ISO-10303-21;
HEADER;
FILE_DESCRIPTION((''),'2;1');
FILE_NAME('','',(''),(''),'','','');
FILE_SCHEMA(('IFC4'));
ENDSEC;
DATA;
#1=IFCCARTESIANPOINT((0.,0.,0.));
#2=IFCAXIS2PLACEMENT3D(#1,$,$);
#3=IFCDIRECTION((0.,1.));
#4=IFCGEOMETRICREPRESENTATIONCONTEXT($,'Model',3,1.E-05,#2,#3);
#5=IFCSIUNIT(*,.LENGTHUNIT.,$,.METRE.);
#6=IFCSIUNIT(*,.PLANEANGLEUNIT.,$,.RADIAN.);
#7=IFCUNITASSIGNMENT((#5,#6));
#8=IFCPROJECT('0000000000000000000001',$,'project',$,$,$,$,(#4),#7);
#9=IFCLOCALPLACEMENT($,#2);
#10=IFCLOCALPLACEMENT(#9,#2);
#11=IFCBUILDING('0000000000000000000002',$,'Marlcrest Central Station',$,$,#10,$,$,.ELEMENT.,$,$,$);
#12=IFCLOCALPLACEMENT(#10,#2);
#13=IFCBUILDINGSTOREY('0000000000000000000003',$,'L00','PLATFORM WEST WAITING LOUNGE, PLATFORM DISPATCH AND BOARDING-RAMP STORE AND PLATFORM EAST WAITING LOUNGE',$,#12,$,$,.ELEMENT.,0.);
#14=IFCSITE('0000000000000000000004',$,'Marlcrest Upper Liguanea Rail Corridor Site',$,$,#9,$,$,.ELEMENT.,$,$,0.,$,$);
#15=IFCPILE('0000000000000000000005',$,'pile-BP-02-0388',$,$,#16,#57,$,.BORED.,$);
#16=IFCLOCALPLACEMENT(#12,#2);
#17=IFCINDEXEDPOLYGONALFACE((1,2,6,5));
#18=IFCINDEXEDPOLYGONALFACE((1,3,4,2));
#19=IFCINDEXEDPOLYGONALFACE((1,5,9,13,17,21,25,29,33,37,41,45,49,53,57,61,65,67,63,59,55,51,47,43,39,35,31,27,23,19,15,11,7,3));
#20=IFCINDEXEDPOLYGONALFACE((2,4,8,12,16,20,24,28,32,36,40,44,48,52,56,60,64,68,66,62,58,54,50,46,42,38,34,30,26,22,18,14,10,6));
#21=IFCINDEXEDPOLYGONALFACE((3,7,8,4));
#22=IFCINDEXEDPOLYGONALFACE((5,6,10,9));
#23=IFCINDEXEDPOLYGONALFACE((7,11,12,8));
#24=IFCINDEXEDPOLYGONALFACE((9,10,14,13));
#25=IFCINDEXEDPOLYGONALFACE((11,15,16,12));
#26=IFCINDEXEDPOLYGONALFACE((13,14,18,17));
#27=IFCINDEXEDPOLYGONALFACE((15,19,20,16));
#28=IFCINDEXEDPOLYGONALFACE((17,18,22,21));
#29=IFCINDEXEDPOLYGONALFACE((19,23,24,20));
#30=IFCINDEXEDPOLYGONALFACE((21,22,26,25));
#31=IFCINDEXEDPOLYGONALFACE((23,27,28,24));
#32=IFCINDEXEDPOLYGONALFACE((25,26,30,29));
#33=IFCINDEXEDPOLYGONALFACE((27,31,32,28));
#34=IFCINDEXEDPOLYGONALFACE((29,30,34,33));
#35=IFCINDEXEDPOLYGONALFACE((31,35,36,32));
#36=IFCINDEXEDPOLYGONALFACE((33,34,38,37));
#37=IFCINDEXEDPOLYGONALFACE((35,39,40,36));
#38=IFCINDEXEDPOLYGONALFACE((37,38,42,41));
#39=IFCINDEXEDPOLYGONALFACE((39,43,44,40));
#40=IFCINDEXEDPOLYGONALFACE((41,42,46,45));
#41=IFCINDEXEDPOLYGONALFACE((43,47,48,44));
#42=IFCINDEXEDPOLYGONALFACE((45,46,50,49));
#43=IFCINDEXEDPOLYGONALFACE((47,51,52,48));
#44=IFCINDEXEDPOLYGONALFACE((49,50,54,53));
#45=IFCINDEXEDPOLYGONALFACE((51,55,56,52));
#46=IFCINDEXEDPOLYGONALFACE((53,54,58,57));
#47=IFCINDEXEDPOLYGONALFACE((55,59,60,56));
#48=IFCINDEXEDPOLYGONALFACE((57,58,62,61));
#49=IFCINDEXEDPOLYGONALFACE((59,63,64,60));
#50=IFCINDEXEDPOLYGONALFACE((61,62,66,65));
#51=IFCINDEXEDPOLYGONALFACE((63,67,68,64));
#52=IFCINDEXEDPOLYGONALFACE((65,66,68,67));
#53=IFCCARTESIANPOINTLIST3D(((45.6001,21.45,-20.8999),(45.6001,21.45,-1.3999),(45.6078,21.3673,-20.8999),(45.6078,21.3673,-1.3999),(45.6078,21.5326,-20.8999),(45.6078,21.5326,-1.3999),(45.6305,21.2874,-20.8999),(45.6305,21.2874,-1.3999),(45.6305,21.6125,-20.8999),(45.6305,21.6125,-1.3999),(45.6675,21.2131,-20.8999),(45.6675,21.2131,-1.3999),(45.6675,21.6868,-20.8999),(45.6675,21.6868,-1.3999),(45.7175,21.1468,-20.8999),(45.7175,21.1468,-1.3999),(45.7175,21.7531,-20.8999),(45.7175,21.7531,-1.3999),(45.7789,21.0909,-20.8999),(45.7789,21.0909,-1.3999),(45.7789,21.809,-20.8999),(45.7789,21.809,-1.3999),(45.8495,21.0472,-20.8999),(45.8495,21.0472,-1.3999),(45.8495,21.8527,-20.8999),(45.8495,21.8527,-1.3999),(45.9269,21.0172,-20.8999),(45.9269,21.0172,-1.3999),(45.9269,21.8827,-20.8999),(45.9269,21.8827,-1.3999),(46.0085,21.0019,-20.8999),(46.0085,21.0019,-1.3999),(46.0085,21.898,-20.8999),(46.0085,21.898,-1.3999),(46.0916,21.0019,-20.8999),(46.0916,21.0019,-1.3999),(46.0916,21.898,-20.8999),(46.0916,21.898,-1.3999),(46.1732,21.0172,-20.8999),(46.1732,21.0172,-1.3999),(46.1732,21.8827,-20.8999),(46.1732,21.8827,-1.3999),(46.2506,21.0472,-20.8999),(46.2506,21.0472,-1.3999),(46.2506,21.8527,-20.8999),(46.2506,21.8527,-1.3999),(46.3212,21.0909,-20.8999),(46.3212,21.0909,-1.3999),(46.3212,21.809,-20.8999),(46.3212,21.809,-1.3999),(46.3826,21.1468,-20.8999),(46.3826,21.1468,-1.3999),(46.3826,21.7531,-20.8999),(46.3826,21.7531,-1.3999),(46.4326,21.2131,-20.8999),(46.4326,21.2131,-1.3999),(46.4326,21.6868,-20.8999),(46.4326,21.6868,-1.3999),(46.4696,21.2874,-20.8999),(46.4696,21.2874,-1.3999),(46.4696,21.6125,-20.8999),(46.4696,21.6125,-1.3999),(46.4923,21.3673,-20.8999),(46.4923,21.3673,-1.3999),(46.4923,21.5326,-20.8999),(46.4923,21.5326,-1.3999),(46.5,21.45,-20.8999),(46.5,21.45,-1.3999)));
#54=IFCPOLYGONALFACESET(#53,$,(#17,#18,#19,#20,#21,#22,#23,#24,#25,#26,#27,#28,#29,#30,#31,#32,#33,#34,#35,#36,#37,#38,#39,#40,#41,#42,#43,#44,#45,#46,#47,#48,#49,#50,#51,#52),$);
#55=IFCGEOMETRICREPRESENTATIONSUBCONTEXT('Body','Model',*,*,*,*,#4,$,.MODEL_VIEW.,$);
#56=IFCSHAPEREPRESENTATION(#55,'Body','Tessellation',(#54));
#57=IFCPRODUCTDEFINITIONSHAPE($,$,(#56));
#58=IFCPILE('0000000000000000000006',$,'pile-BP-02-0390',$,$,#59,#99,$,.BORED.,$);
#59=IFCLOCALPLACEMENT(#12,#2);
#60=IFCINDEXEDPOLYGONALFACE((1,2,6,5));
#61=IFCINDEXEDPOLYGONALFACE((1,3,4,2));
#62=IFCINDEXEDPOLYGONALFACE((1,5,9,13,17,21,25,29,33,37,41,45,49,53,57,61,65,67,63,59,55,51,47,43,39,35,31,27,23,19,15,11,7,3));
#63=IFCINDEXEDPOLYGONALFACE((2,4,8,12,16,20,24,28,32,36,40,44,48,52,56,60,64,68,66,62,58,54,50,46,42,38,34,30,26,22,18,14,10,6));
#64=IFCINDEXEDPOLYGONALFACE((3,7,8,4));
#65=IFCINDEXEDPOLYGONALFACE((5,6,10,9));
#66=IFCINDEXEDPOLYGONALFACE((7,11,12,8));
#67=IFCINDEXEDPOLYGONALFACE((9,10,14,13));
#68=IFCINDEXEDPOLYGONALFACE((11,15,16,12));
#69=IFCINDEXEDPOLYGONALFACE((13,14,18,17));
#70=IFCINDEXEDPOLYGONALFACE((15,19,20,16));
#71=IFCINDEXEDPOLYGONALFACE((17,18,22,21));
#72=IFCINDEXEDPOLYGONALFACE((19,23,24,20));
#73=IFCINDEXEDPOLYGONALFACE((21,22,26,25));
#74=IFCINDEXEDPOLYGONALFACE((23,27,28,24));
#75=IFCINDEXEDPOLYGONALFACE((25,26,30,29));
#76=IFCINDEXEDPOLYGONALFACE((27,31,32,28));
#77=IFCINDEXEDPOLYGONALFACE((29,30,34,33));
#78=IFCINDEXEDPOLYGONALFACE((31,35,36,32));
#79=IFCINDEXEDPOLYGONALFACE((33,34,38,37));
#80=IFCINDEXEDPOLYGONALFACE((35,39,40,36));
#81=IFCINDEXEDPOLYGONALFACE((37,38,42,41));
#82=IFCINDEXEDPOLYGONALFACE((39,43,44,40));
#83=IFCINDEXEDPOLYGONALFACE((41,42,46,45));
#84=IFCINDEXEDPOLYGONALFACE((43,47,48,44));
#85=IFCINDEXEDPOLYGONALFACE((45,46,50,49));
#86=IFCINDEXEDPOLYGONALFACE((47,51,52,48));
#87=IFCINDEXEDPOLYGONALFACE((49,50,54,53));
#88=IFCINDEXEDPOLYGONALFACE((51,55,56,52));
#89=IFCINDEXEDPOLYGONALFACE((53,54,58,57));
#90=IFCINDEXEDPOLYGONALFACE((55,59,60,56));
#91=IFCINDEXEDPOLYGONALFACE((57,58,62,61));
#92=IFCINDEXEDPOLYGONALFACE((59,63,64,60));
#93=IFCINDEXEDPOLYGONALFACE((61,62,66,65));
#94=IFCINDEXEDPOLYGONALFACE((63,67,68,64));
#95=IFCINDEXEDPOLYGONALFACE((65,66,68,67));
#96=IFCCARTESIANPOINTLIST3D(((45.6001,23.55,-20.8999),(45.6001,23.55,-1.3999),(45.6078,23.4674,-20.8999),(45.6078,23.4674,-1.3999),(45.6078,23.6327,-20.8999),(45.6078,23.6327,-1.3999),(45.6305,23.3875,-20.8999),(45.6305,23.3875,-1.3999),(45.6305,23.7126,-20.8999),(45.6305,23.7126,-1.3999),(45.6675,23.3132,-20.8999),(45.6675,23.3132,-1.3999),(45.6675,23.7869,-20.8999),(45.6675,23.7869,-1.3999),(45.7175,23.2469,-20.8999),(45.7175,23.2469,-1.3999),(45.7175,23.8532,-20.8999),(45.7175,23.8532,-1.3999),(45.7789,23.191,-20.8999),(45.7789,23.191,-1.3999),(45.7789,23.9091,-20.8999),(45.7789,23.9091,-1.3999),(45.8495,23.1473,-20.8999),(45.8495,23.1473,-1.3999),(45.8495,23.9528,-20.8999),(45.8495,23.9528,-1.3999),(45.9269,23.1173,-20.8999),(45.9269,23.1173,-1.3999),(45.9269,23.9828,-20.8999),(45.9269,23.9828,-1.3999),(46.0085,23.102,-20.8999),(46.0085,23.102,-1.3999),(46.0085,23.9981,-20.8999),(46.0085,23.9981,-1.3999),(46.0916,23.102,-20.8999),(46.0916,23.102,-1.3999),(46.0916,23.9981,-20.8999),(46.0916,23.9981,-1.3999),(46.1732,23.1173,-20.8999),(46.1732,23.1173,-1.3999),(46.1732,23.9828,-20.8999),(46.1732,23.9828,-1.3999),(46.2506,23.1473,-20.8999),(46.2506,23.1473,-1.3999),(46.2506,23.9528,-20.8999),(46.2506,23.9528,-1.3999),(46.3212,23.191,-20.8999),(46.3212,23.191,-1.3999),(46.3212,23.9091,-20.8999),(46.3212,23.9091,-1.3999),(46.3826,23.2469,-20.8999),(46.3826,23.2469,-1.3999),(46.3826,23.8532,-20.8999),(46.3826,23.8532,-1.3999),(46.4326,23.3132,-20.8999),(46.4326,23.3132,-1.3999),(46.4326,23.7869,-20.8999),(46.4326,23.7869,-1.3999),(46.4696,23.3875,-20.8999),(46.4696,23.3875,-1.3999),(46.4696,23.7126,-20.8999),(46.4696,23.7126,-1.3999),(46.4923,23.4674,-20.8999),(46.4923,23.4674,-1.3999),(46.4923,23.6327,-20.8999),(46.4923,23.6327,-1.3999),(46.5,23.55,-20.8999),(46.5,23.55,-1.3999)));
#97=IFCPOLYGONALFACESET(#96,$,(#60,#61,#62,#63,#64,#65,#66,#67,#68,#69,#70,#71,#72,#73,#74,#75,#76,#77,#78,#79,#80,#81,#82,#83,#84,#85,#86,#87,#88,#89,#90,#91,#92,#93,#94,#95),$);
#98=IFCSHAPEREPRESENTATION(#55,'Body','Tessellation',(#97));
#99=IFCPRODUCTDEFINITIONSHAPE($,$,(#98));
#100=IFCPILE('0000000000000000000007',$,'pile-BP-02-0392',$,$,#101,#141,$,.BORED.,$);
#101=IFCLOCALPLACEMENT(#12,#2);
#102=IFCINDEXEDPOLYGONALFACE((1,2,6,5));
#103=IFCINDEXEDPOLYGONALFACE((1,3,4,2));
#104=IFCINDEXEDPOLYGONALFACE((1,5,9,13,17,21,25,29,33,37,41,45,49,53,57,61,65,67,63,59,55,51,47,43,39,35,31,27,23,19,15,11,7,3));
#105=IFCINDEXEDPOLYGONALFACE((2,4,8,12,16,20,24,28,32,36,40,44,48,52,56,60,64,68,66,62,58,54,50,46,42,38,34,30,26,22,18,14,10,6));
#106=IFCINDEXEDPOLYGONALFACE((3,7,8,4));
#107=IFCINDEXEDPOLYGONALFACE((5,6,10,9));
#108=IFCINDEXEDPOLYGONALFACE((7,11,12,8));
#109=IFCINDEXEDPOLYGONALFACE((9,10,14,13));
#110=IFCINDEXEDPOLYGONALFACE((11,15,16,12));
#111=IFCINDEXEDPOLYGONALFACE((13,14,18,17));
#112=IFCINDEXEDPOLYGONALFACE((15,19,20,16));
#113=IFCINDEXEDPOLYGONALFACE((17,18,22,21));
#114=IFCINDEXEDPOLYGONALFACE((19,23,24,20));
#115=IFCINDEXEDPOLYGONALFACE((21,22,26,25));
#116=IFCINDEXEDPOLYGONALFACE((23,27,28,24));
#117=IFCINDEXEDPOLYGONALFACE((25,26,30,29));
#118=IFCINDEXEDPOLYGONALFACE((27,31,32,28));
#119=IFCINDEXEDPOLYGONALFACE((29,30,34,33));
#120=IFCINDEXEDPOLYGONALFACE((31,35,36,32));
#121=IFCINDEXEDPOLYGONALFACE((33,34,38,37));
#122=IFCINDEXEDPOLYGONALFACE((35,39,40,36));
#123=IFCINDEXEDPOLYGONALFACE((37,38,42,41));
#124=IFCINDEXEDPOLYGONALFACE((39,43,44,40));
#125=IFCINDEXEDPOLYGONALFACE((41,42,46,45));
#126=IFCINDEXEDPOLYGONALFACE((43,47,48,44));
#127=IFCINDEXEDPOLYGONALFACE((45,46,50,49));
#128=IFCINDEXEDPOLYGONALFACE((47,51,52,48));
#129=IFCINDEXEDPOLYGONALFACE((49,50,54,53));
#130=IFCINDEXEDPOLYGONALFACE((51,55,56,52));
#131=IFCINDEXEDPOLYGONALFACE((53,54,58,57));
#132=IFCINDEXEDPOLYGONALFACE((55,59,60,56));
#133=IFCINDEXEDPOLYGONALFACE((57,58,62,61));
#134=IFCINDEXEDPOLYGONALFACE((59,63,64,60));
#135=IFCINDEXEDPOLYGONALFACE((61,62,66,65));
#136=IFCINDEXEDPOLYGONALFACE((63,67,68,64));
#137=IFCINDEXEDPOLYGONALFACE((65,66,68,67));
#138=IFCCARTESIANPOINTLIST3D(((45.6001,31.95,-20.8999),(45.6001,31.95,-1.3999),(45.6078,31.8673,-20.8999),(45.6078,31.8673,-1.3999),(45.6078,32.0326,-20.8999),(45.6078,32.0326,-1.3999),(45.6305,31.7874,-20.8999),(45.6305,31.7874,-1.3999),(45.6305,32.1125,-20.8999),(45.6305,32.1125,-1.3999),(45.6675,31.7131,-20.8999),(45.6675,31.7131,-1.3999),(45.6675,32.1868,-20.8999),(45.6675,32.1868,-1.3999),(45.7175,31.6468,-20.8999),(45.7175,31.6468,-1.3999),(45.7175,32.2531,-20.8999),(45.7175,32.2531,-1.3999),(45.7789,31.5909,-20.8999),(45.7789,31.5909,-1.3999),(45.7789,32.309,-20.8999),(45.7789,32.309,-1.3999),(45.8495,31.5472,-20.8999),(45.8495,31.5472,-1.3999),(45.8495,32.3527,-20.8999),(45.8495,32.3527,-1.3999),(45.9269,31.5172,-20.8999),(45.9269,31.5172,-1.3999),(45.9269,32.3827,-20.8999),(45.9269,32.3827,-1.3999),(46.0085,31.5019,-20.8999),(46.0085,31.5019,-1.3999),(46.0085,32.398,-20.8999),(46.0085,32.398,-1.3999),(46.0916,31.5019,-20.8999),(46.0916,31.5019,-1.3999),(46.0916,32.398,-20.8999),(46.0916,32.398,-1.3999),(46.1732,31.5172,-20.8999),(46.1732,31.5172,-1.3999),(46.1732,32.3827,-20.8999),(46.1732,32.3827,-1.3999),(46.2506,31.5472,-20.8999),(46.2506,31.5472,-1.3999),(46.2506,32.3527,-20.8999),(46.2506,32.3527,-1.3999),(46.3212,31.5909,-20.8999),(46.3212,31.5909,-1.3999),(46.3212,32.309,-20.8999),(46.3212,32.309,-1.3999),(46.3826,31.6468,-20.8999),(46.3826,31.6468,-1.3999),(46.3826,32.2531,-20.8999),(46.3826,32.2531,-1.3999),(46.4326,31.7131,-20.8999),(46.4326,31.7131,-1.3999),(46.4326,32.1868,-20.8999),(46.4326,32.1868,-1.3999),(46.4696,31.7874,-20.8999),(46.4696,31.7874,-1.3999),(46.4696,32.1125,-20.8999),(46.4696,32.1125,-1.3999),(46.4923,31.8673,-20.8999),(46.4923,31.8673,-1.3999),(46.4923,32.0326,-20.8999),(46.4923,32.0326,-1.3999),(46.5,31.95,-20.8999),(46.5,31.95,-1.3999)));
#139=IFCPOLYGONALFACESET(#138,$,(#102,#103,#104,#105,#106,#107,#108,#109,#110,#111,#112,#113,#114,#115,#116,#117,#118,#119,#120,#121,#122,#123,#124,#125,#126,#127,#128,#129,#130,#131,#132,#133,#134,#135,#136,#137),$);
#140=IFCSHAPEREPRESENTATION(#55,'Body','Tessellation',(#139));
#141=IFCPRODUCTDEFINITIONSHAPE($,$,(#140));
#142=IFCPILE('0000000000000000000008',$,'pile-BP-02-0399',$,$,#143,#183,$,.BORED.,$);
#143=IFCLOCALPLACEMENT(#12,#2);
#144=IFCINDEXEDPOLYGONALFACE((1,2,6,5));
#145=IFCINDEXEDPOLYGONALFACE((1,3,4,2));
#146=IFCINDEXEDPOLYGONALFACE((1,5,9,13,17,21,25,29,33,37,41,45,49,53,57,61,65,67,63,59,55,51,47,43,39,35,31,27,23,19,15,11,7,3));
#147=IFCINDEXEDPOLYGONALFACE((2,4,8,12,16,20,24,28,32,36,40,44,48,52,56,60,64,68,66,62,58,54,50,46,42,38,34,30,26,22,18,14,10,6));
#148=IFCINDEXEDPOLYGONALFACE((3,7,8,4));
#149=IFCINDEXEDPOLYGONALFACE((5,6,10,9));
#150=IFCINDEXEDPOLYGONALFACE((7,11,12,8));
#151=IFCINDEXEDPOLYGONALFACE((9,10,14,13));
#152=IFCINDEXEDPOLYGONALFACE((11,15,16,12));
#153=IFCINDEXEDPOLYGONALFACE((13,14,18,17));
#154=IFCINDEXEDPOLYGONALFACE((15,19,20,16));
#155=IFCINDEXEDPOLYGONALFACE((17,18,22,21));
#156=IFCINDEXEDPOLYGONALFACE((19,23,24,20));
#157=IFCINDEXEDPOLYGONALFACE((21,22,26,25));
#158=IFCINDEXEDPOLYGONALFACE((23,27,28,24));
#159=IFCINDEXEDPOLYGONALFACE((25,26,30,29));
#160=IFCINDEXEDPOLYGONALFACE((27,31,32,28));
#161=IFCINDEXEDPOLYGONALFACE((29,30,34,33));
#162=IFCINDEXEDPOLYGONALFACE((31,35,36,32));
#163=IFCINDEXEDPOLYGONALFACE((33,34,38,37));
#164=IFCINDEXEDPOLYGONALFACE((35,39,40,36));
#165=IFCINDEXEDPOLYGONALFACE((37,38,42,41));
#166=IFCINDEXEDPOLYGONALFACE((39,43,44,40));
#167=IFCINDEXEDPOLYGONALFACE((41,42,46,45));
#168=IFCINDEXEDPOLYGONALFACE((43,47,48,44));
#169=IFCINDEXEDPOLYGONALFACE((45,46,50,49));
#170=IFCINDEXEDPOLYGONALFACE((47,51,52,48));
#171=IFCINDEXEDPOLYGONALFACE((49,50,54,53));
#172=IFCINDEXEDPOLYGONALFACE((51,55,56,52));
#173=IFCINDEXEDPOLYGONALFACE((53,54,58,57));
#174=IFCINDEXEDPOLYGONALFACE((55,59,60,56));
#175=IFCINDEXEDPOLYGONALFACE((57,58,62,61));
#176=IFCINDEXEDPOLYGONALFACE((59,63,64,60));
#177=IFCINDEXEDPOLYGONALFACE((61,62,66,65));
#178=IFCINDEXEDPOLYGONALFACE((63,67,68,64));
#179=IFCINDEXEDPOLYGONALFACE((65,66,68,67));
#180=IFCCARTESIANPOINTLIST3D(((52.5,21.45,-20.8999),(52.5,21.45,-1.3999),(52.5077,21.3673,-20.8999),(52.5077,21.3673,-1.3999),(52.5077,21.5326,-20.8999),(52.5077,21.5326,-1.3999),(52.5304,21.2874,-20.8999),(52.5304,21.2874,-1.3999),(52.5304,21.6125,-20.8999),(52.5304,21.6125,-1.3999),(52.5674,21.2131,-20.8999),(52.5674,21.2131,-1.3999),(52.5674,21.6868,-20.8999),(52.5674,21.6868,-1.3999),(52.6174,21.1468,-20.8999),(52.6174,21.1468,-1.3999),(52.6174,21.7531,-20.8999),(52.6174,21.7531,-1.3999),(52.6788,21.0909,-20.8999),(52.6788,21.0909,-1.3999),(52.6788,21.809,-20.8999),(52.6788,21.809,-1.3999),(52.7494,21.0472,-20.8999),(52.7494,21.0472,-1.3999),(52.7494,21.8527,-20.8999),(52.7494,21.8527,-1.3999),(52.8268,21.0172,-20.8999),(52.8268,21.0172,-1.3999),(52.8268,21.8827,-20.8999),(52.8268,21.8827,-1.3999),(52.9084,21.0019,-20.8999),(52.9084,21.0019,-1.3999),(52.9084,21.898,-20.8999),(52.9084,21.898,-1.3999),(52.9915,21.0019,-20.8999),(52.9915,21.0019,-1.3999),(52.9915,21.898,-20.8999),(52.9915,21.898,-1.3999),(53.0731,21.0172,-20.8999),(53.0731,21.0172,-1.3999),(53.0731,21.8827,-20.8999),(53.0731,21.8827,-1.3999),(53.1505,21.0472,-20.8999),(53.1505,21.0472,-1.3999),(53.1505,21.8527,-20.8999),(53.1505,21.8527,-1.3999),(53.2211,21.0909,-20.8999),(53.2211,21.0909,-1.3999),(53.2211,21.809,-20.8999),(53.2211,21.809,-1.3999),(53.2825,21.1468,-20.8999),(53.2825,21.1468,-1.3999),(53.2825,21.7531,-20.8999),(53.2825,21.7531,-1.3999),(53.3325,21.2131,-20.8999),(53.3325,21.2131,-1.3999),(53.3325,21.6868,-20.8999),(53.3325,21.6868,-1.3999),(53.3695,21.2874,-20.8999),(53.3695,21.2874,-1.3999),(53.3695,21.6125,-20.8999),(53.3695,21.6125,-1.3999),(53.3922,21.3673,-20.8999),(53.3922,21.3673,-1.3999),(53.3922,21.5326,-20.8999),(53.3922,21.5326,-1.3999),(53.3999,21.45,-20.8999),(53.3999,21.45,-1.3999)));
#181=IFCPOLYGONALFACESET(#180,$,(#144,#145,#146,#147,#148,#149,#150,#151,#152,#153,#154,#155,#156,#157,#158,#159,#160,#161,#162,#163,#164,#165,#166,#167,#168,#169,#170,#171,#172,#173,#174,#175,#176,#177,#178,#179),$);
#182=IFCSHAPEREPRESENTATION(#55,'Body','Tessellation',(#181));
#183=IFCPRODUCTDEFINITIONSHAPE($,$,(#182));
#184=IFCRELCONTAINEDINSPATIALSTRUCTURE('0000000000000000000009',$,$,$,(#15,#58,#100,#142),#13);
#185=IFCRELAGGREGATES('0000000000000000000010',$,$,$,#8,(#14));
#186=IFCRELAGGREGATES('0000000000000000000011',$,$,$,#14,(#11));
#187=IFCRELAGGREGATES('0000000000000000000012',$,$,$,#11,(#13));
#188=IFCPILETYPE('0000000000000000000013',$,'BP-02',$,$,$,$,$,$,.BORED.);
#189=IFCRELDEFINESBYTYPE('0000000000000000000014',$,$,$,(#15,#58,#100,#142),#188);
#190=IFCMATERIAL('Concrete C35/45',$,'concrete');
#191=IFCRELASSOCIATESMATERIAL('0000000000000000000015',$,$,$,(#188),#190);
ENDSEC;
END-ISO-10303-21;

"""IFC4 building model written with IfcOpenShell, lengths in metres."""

from ifc_helpers import new_model, si_unit, direction, frame, origin, origin_2d, place, context, subcontext, project, spatial, circle, extrude, material, material_profile, profile_set, type_object, element, save


model = new_model("IFC4")

# Units and contexts
model_context = context("Model", 3, precision=1e-05, world=origin(), true_north=direction((0.0, 1.0)))
body_context = subcontext(model_context, "Body", "Model", "MODEL_VIEW")
ifc_project = project(units=[si_unit("LENGTHUNIT", "METRE"), si_unit("PLANEANGLEUNIT", "RADIAN")], contexts=[model_context])

# Site, building, storey
site_placement = place(None, origin())
site = spatial("IfcSite", under=ifc_project, at=site_placement, Name="Marlcrest Upper Liguanea Rail Corridor Site", CompositionType="ELEMENT", RefElevation=0.0)
building_placement = place(site_placement, origin())
building = spatial("IfcBuilding", under=site, at=building_placement, Name="Marlcrest Central Station", CompositionType="ELEMENT")
storey_placement = place(building_placement, origin())
storey = spatial("IfcBuildingStorey", under=building, at=storey_placement, Name="L00", Description="PLATFORM WEST WAITING LOUNGE, PLATFORM DISPATCH AND BOARDING-RAMP STORE AND PLATFORM EAST WAITING LOUNGE", CompositionType="ELEMENT", Elevation=0.0)

# Piles
ifc_material_1 = material(Name="Concrete C35/45", Category="concrete")
ifc_material_profile_1 = material_profile(ifc_material_1, circle(Radius=0.45, at=origin_2d()), Name="PILE D900")
ifc_profile_set_1 = profile_set([ifc_material_profile_1], Name="Concrete C35/45")
pile_type = type_object("IfcPileType", Name="BP-02", PredefinedType="BORED", material=ifc_profile_set_1)
for number, where, z_axis, x_axis, name in (
    (1, (46.05, 21.45, -1.3999), (0.0, 0.0, -1.0), (1.0, 0.0, 0.0), "pile-BP-02-0388"),
    (2, (46.05, 23.55, -1.3999), (0.0, 0.0, -1.0), (1.0, 0.0, 0.0), "pile-BP-02-0390"),
    (3, (46.05, 31.95, -1.3999), (0.0, 0.0, -1.0), (1.0, 0.0, 0.0), "pile-BP-02-0392"),
    (4, (52.95, 21.45, -1.3999), (0.0, 0.0, -1.0), (1.0, 0.0, 0.0), "pile-BP-02-0399"),
):
    element("IfcPile", number, at=place(storey_placement, frame(where, z_axis=z_axis, x_axis=x_axis)), inside=storey, type_object=pile_type, Name=name, PredefinedType="BORED", context=body_context, shape_type="SweptSolid", body=[
        extrude(circle(Radius=0.45, at=origin_2d()), origin(), (0.0, 0.0, 1.0), 19.5),
    ])

save(model, "model.ifc")
